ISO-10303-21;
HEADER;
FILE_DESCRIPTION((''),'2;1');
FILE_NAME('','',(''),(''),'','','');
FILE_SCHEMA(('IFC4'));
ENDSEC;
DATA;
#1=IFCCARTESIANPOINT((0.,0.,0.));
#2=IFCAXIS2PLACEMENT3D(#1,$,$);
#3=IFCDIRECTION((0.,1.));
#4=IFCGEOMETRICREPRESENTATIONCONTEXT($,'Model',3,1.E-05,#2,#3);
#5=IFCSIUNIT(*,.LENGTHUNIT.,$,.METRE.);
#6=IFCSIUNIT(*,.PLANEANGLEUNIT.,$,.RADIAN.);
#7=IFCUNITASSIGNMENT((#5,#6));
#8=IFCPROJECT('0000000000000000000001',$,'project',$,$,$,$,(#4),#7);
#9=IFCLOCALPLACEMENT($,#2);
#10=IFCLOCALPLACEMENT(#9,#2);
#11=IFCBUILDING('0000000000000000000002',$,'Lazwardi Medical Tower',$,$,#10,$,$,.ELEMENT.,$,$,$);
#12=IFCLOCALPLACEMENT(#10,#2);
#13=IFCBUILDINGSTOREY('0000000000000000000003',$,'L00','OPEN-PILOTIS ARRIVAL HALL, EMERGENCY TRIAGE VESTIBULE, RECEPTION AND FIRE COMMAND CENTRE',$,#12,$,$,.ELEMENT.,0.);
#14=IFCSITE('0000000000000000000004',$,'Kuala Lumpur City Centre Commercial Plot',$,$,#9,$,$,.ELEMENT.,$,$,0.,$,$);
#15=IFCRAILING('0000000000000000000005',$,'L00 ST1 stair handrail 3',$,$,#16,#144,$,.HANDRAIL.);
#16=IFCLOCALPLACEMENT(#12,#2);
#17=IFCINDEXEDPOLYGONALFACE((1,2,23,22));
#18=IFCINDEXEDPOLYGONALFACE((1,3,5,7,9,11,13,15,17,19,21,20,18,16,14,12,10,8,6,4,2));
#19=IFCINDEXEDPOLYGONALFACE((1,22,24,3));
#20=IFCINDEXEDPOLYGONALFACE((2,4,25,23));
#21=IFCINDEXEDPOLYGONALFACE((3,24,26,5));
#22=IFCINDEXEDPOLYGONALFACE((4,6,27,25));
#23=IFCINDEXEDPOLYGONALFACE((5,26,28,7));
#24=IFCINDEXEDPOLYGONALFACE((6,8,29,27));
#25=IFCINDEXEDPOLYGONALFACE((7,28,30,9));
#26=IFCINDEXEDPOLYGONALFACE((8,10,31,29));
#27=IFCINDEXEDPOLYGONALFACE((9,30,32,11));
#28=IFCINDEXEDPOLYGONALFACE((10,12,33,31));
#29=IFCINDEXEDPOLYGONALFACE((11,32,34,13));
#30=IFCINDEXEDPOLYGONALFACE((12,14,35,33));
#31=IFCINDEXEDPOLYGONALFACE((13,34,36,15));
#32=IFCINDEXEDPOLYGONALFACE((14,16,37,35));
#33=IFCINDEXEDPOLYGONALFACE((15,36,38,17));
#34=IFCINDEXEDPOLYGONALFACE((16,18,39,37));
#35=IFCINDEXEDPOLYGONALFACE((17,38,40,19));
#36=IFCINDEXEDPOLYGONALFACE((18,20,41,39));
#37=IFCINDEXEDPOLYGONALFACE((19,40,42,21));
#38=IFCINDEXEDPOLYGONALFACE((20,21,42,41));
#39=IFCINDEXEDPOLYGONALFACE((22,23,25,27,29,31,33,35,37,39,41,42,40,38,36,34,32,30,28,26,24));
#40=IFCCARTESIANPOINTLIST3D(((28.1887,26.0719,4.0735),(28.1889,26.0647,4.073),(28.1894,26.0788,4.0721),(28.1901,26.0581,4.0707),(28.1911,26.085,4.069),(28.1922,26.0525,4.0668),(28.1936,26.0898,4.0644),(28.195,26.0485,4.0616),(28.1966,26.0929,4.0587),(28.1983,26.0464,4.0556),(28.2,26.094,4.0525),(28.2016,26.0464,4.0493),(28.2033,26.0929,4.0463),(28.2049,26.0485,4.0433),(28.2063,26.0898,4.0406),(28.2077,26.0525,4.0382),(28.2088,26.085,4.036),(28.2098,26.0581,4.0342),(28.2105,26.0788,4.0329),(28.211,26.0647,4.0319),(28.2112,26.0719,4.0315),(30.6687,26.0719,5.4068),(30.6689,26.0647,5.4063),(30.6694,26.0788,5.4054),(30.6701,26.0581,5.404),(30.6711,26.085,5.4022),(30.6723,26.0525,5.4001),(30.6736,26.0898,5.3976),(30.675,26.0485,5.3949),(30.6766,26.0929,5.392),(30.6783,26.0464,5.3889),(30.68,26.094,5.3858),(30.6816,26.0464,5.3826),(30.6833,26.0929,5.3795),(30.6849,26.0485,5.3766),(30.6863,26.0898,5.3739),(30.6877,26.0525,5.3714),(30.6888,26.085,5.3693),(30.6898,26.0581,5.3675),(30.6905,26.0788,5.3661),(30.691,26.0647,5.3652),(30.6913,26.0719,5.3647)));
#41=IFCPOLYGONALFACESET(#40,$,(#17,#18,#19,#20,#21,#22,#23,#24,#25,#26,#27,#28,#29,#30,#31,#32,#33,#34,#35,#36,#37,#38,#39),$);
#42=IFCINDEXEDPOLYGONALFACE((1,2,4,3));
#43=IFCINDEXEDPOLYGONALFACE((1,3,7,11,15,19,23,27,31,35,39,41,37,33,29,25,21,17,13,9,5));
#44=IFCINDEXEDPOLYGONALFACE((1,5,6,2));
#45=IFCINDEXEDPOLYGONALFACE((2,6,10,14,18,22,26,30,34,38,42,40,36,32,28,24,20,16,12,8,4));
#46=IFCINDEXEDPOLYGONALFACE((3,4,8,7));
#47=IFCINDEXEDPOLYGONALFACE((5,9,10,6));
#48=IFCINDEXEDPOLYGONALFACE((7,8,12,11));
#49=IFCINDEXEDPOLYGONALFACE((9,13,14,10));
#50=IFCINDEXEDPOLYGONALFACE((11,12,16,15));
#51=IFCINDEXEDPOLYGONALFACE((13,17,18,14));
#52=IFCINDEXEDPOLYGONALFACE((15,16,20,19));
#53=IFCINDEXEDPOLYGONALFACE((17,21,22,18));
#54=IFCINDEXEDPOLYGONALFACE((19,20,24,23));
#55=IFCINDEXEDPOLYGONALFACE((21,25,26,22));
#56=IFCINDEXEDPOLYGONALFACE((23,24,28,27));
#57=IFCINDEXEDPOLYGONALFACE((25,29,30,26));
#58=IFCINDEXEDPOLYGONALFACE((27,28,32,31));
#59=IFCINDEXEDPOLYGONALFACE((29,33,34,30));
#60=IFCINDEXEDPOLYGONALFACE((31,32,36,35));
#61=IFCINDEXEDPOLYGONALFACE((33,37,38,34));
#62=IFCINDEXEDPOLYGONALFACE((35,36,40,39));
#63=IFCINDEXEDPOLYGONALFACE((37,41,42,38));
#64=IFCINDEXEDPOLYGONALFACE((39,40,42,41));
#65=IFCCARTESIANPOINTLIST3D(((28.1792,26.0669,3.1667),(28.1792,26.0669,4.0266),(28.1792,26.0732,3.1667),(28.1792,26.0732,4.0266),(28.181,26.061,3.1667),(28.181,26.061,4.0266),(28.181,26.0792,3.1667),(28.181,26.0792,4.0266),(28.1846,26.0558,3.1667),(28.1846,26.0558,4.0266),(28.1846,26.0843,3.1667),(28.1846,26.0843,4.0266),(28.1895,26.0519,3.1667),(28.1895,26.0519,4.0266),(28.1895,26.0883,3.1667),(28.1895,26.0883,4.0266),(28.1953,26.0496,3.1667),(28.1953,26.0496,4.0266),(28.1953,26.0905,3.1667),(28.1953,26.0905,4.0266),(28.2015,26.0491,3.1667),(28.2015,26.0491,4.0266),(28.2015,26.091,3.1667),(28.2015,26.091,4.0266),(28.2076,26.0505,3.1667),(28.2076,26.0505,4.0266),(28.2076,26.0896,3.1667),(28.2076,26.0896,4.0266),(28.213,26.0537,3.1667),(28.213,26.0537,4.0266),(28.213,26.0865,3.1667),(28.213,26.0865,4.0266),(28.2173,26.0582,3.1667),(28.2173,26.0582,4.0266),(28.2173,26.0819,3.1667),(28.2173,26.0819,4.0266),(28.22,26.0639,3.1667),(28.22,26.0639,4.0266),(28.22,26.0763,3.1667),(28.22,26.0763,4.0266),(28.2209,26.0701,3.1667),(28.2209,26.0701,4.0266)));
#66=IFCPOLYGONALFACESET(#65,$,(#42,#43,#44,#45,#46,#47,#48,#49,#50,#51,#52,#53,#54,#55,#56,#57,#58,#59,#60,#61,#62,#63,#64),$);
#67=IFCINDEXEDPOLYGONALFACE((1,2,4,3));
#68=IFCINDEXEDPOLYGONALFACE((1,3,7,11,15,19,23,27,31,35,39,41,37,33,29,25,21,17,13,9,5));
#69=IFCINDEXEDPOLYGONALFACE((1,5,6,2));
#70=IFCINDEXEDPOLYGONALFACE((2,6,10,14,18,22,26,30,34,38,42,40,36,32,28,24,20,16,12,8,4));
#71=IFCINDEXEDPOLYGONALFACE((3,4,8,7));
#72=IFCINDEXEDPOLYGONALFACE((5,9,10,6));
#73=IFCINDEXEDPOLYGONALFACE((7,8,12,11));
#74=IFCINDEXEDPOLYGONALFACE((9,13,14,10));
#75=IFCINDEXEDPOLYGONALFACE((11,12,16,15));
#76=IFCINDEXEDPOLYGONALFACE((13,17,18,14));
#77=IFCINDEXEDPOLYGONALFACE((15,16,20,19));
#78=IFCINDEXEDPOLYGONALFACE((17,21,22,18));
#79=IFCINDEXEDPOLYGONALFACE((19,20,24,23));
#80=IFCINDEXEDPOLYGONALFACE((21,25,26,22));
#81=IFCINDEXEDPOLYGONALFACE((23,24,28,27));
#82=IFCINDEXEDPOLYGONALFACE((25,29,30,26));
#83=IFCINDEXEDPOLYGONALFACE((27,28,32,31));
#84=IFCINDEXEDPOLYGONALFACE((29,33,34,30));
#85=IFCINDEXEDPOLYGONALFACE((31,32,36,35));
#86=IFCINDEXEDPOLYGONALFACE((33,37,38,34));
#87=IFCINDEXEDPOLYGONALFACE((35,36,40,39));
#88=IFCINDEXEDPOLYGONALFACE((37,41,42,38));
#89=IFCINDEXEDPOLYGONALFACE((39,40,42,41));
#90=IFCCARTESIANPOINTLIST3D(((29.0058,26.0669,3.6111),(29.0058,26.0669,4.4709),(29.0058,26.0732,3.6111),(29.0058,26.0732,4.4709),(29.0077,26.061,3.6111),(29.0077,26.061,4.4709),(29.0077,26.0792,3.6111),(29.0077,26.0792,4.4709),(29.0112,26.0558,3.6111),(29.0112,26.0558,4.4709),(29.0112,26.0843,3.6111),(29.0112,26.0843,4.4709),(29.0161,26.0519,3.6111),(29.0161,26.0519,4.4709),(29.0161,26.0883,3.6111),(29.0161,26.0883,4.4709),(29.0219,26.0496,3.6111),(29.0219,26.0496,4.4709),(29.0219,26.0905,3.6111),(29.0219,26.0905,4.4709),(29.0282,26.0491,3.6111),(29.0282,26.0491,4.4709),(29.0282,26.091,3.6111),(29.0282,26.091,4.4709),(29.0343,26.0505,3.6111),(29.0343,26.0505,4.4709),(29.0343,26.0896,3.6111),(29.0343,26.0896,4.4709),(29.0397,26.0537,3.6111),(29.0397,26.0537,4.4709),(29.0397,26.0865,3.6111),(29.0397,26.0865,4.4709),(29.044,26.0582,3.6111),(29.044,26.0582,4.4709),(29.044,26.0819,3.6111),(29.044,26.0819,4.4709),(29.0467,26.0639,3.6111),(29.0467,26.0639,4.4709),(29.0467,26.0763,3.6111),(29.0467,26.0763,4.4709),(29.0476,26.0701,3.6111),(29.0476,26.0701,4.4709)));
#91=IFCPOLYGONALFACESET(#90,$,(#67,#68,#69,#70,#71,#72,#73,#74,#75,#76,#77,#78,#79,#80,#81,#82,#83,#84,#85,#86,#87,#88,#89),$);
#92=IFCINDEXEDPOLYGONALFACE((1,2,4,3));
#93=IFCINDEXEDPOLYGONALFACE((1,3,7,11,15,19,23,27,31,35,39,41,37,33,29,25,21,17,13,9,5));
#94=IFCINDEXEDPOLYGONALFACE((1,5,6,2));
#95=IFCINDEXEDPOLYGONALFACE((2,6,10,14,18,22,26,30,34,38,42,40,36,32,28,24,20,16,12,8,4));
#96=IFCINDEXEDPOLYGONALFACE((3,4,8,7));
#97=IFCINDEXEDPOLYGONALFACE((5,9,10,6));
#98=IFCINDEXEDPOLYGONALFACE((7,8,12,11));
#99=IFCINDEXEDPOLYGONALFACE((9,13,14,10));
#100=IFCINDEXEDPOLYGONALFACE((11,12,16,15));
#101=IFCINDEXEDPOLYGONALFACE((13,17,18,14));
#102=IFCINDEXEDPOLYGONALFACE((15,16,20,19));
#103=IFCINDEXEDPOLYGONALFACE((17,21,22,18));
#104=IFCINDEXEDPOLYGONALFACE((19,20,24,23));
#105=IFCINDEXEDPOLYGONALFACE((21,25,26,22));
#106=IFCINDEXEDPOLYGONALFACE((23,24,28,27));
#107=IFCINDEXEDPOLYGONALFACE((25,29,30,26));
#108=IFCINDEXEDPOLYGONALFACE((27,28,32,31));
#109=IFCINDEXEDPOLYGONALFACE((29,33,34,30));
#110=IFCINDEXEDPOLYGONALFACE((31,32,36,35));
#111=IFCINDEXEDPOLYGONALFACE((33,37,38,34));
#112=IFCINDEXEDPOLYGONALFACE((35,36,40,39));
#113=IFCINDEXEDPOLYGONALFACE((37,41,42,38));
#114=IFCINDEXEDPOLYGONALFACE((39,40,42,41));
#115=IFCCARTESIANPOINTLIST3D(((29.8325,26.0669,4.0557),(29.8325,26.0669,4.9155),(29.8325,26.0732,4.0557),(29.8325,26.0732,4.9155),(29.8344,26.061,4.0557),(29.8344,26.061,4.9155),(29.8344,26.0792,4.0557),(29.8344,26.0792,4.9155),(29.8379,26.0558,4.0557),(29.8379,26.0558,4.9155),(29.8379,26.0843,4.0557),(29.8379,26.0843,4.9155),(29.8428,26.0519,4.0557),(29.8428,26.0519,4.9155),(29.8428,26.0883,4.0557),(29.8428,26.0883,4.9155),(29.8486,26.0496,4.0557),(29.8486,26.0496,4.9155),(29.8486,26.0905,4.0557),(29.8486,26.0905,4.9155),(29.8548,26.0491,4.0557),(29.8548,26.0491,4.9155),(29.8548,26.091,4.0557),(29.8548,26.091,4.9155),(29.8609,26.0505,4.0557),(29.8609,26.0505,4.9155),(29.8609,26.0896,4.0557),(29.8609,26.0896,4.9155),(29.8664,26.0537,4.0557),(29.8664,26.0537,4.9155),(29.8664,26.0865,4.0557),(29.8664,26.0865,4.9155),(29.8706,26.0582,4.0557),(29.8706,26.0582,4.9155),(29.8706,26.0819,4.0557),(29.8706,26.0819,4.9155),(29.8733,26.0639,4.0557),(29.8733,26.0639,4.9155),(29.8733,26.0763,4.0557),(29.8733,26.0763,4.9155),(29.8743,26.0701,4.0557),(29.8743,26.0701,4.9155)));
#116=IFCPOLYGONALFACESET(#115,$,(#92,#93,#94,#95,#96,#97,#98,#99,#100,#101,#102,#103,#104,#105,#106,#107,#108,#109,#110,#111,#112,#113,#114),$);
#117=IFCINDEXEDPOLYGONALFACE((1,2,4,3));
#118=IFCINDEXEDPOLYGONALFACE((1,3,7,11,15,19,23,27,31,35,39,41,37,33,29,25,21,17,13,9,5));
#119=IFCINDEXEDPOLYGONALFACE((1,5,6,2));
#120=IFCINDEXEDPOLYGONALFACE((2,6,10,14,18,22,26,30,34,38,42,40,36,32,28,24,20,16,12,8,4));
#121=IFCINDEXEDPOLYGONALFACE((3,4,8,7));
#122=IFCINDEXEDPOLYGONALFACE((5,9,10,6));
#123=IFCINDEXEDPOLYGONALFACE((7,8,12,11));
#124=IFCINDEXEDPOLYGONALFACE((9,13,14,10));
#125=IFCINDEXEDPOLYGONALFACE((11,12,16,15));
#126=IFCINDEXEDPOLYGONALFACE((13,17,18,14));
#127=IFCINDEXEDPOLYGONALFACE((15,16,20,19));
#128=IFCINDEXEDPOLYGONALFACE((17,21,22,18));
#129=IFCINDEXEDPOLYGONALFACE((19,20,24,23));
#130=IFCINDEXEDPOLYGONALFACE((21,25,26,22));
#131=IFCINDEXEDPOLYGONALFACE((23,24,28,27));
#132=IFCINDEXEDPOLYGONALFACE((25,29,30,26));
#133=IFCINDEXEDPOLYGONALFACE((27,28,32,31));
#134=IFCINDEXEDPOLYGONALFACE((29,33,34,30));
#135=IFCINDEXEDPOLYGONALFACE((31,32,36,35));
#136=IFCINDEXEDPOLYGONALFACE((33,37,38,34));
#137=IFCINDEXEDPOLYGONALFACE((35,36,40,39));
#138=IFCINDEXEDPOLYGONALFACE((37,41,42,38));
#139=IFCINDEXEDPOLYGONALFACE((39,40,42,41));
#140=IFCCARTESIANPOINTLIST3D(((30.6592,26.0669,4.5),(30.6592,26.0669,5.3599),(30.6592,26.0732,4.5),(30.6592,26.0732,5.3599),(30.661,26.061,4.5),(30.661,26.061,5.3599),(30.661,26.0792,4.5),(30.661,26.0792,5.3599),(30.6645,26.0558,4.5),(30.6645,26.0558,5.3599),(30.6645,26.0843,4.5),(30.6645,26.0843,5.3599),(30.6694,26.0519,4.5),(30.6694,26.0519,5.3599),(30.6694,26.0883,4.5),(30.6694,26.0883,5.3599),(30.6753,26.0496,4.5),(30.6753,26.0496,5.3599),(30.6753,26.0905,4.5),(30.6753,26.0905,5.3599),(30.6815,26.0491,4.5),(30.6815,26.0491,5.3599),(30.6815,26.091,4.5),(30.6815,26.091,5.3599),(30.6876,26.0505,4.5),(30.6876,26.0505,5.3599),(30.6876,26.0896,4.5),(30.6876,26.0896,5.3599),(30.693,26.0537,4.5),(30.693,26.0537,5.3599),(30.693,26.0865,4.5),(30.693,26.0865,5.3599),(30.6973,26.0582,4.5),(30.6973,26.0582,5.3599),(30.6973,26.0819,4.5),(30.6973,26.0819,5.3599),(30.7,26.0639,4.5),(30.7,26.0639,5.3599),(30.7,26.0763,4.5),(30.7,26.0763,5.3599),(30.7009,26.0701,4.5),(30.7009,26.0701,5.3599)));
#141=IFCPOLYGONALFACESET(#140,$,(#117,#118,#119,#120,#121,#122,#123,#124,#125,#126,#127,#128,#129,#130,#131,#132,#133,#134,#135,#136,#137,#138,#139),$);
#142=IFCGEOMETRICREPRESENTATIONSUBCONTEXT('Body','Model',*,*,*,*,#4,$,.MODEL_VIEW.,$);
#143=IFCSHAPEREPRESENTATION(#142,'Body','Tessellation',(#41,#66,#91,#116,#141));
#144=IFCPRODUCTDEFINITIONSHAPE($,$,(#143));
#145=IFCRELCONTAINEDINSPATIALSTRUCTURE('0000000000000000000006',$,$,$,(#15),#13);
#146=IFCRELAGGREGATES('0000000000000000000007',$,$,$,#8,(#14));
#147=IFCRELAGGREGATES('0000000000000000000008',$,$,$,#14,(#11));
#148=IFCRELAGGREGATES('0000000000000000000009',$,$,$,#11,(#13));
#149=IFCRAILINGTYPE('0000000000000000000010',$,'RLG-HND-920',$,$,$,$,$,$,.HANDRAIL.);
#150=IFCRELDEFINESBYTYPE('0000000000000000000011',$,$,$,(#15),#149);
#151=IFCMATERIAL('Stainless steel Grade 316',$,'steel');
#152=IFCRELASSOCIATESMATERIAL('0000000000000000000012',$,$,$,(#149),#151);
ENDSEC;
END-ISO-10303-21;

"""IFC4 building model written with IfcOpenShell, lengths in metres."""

from ifc_helpers import new_model, si_unit, direction, frame, origin, origin_2d, place, context, subcontext, project, spatial, circle, extrude, material, type_object, element, save


model = new_model("IFC4")

# Units and contexts
model_context = context("Model", 3, precision=1e-05, world=origin(), true_north=direction((0.0, 1.0)))
body_context = subcontext(model_context, "Body", "Model", "MODEL_VIEW")
ifc_project = project(units=[si_unit("LENGTHUNIT", "METRE"), si_unit("PLANEANGLEUNIT", "RADIAN")], contexts=[model_context])

# Site, building, storey
site_placement = place(None, origin())
site = spatial("IfcSite", under=ifc_project, at=site_placement, Name="Kuala Lumpur City Centre Commercial Plot", CompositionType="ELEMENT", RefElevation=0.0)
building_placement = place(site_placement, origin())
building = spatial("IfcBuilding", under=site, at=building_placement, Name="Lazwardi Medical Tower", CompositionType="ELEMENT")
storey_placement = place(building_placement, origin())
storey = spatial("IfcBuildingStorey", under=building, at=storey_placement, Name="L00", Description="OPEN-PILOTIS ARRIVAL HALL, EMERGENCY TRIAGE VESTIBULE, RECEPTION AND FIRE COMMAND CENTRE", CompositionType="ELEMENT", Elevation=0.0)

# Railing
ifc_material_1 = material(Name="Stainless steel Grade 316", Category="steel")
railing_type_1 = type_object("IfcRailingType", Name="RLG-HND-920", PredefinedType="HANDRAIL", material=ifc_material_1)
railing_1_placement = place(storey_placement, frame((28.2, 26.0701, 3.1667)))
element("IfcRailing", 1, at=railing_1_placement, inside=storey, type_object=railing_type_1, Name="L00 ST1 stair handrail 3", PredefinedType="HANDRAIL", context=body_context, shape_type="SweptSolid", body=[
    extrude(circle(Radius=0.0239, at=origin_2d()), frame((0.0, 0.0, 0.8857), z_axis=(0.880786, 0.0, 0.473515), x_axis=(0.0, 1.0, 0.0)), (0.0, 0.0, 1.0), 2.8157),
    extrude(circle(Radius=0.021, at=origin_2d()), origin(), (0.0, 0.0, 1.0), 0.8599),
    extrude(circle(Radius=0.021, at=origin_2d()), frame((0.8267, 0.0, 0.4443)), (0.0, 0.0, 1.0), 0.8599),
    extrude(circle(Radius=0.021, at=origin_2d()), frame((1.6533, 0.0, 0.8889)), (0.0, 0.0, 1.0), 0.8599),
    extrude(circle(Radius=0.021, at=origin_2d()), frame((2.48, 0.0, 1.3333)), (0.0, 0.0, 1.0), 0.8599),
])

save(model, "model.ifc")
